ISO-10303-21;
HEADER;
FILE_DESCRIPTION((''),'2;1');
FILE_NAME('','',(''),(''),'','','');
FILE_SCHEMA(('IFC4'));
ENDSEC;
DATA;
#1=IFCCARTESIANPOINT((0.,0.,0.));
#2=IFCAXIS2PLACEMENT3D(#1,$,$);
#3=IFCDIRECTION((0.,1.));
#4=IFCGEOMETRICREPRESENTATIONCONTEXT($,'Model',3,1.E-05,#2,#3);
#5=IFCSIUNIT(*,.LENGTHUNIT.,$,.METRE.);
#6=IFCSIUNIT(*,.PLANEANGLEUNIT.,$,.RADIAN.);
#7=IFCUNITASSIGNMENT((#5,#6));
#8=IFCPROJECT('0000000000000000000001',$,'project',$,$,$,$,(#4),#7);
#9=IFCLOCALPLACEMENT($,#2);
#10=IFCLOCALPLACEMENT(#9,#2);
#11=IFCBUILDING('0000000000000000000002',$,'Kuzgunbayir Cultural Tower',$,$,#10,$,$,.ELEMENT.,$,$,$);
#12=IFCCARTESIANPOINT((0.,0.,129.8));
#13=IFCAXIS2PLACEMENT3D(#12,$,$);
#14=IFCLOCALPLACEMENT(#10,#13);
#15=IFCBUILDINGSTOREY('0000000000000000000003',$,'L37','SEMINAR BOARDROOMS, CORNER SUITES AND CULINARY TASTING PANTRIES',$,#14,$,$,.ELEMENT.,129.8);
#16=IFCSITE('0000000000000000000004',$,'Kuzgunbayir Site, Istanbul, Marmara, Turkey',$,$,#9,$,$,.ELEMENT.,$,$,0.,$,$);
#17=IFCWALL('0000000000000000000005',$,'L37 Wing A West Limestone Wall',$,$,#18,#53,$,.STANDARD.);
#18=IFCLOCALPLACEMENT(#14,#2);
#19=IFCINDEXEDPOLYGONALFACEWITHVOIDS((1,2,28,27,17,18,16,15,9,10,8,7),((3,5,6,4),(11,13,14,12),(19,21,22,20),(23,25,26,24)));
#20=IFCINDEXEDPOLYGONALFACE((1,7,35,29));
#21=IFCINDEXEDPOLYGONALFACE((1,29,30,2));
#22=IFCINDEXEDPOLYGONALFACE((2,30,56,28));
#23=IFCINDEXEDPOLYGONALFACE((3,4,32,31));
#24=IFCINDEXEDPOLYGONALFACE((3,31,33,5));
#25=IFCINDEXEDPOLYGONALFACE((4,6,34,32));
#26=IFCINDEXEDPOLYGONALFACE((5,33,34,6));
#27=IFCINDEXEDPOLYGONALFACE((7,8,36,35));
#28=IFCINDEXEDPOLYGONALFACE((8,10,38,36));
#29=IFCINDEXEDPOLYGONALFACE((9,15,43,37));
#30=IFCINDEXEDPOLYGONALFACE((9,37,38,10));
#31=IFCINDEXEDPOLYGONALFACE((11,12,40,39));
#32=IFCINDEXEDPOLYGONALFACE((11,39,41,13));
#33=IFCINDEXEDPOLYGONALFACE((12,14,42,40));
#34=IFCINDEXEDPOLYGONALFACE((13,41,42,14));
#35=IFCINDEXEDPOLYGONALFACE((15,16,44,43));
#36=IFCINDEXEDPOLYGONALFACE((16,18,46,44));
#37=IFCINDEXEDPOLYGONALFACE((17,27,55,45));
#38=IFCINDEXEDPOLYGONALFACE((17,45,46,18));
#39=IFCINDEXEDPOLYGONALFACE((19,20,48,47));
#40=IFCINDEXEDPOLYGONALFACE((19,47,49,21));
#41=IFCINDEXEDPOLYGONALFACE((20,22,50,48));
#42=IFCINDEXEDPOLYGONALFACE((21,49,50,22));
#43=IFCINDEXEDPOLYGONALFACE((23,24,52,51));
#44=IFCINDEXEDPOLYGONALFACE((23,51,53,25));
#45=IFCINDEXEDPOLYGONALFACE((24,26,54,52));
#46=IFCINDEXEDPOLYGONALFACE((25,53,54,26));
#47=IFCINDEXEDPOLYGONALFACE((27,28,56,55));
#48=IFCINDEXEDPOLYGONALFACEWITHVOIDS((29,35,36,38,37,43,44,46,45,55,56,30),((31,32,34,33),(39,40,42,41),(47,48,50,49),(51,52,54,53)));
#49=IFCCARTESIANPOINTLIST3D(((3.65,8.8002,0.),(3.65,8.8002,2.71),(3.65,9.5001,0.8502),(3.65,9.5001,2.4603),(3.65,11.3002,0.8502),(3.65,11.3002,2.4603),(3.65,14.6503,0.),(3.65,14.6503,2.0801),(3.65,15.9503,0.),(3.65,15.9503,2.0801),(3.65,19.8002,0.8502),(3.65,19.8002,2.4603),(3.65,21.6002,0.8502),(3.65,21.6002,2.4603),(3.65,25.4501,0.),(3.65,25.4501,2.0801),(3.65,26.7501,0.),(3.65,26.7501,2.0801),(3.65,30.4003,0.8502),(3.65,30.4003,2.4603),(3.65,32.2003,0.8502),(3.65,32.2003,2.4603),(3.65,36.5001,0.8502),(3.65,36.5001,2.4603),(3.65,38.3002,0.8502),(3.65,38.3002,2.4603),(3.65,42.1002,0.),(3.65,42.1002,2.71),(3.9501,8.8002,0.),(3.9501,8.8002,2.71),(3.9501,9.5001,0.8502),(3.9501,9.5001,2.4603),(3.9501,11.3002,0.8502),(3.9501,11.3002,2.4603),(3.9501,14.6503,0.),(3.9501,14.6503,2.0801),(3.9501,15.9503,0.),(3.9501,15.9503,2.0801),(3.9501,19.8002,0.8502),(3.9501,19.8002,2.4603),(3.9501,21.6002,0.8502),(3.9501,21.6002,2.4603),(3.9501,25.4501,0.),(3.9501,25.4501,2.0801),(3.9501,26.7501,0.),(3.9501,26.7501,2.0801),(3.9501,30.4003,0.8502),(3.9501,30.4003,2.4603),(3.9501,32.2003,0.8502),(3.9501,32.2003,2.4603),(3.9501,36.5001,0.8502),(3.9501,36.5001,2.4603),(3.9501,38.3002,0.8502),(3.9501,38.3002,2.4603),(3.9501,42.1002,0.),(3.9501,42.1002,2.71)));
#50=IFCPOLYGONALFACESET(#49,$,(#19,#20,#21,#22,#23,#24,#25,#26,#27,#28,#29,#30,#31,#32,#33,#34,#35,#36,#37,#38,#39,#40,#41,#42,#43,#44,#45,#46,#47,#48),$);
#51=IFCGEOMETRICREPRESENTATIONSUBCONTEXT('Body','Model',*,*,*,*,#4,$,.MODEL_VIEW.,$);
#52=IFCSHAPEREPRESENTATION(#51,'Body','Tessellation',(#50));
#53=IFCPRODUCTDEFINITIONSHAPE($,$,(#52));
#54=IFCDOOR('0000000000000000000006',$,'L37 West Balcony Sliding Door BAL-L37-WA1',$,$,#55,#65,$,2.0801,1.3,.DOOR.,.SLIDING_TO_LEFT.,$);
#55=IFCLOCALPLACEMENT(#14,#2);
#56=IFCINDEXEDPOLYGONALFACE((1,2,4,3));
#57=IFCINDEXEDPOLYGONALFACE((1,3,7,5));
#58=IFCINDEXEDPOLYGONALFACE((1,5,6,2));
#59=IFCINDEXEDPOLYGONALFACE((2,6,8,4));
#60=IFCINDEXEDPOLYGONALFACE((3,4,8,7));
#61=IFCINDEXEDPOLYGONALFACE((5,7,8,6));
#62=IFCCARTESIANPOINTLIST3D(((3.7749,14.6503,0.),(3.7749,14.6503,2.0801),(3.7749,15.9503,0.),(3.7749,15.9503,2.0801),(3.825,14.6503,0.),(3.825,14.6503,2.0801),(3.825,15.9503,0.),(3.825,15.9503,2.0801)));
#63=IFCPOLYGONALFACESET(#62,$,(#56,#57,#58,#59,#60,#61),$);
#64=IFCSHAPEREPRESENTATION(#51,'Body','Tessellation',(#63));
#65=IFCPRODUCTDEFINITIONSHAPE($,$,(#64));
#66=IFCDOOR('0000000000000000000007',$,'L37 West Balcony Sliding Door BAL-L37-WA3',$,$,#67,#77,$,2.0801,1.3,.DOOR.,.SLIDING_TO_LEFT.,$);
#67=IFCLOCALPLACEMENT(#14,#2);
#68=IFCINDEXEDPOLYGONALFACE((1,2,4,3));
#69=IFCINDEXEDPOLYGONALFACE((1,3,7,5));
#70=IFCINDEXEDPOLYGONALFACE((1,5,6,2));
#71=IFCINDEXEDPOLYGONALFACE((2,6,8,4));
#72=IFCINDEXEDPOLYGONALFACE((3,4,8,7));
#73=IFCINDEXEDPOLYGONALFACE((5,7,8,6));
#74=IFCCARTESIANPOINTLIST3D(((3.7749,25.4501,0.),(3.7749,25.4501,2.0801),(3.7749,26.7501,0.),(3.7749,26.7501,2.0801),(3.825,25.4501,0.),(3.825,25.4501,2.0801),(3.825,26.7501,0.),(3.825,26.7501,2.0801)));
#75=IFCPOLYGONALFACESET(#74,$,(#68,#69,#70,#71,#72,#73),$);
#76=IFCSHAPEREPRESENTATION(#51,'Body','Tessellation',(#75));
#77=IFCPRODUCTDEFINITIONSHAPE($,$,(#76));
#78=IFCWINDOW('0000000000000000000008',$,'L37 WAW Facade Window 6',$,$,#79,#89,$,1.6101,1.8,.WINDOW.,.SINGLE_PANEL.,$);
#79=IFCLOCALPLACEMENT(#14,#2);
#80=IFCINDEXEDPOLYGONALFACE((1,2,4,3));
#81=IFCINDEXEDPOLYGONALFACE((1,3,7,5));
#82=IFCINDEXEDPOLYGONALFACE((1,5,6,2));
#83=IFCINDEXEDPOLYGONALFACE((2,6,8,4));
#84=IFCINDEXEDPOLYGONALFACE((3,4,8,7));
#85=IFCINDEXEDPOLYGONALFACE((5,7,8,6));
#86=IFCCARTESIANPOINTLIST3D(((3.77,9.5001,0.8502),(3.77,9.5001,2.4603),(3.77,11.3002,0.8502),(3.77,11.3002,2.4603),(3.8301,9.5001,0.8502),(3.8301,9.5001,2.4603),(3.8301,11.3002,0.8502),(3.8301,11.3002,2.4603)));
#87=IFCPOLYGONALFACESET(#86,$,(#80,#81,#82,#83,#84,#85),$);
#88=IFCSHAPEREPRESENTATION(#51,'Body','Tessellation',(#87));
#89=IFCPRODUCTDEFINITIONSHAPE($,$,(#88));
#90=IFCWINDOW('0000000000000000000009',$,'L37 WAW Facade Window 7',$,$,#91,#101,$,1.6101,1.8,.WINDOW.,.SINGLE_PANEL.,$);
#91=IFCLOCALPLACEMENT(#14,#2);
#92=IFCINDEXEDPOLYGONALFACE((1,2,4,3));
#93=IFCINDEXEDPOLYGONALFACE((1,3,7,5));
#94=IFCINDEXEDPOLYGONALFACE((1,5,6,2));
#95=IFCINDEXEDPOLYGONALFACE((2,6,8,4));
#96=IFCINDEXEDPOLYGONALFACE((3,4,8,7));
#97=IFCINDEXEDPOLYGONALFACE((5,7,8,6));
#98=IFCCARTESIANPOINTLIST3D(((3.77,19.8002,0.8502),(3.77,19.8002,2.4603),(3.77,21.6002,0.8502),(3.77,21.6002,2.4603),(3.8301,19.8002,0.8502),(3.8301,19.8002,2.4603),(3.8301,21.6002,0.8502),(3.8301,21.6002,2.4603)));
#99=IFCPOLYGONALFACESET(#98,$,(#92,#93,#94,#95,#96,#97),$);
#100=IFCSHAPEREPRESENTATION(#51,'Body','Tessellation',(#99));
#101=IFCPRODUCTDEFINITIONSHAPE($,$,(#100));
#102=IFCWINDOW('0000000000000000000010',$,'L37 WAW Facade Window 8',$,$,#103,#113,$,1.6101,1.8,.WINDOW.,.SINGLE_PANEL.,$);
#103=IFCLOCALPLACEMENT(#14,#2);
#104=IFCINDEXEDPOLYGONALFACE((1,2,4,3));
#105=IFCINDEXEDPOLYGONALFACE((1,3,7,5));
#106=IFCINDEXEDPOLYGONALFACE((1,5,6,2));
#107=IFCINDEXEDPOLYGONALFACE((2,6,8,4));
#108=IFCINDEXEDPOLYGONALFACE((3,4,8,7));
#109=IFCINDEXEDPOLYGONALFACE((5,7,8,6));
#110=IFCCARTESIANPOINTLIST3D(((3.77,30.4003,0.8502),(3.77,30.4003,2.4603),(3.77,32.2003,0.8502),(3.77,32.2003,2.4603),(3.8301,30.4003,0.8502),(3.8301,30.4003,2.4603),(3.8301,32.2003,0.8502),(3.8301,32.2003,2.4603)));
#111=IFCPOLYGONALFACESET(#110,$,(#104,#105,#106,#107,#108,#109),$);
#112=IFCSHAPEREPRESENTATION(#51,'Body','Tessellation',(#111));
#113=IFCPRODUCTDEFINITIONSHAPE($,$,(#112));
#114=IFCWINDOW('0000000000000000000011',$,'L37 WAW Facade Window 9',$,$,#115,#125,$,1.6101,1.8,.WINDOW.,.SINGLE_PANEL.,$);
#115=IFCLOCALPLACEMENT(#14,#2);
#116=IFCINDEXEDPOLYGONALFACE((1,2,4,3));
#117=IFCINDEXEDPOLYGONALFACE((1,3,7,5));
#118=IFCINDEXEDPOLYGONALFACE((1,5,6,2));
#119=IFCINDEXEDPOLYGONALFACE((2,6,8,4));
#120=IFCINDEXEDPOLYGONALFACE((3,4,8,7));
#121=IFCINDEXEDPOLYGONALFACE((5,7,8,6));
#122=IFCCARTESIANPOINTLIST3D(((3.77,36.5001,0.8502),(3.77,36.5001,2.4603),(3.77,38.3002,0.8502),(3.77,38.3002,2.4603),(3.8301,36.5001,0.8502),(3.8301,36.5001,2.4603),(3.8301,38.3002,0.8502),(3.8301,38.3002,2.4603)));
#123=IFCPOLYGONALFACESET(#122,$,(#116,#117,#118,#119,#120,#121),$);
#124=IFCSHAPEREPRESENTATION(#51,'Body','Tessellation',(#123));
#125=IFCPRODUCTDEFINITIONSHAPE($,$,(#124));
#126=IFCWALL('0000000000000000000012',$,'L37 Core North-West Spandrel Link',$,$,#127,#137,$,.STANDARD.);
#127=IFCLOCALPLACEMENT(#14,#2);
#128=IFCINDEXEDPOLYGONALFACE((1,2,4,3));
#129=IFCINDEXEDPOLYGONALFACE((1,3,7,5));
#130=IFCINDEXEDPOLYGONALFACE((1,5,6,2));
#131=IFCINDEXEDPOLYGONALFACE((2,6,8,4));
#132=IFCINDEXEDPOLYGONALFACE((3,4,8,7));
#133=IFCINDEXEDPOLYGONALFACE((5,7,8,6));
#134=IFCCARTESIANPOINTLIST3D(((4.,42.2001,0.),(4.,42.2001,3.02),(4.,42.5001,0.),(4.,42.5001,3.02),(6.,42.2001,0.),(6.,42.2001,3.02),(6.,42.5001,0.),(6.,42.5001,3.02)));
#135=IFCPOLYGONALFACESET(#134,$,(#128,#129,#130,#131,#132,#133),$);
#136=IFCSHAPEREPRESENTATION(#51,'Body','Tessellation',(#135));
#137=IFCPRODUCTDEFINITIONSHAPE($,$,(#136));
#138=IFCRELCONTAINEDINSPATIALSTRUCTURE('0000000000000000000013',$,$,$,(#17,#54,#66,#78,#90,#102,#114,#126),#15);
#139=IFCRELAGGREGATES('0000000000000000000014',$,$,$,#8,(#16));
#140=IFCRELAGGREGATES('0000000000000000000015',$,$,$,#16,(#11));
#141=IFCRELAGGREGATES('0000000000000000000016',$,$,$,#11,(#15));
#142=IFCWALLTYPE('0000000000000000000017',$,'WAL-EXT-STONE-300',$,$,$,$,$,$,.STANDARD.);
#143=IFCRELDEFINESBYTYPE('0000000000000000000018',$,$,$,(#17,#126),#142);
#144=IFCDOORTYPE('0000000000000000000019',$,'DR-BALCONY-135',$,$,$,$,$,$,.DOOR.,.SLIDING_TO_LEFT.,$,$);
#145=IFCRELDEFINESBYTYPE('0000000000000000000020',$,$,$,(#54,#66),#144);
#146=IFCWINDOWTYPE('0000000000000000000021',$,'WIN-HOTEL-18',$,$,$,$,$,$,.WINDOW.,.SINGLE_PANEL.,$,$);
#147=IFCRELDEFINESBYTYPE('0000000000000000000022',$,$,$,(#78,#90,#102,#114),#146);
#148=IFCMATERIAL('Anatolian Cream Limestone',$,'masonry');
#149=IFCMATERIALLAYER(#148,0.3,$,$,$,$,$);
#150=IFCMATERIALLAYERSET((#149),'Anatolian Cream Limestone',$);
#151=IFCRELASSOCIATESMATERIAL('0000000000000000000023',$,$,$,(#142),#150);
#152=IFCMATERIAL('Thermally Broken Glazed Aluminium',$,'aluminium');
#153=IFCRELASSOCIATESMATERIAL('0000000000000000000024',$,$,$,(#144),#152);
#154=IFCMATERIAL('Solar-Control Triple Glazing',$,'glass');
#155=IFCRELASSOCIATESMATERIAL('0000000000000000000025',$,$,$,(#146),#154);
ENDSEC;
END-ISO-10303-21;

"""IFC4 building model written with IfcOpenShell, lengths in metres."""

from ifc_helpers import new_model, si_unit, direction, frame, frame_2d, origin, place, context, subcontext, project, spatial, rectangle, extrude, material, layer, layer_set, type_object, element, fill, save


model = new_model("IFC4")

# Units and contexts
model_context = context("Model", 3, precision=1e-05, world=origin(), true_north=direction((0.0, 1.0)))
body_context = subcontext(model_context, "Body", "Model", "MODEL_VIEW")
ifc_project = project(units=[si_unit("LENGTHUNIT", "METRE"), si_unit("PLANEANGLEUNIT", "RADIAN")], contexts=[model_context])

# Site, building, storey
site_placement = place(None, origin())
site = spatial("IfcSite", under=ifc_project, at=site_placement, Name="Kuzgunbayir Site, Istanbul, Marmara, Turkey", CompositionType="ELEMENT", RefElevation=0.0)
building_placement = place(site_placement, origin())
building = spatial("IfcBuilding", under=site, at=building_placement, Name="Kuzgunbayir Cultural Tower", CompositionType="ELEMENT")
storey_placement = place(building_placement, frame((0.0, 0.0, 129.8)))
storey = spatial("IfcBuildingStorey", under=building, at=storey_placement, Name="L37", Description="SEMINAR BOARDROOMS, CORNER SUITES AND CULINARY TASTING PANTRIES", CompositionType="ELEMENT", Elevation=129.8)

# Wall, openings, doors, windows
ifc_material_1 = material(Name="Anatolian Cream Limestone", Category="masonry")
ifc_layer_1 = layer(ifc_material_1, 0.3)
ifc_layer_set_1 = layer_set([ifc_layer_1], Name="Anatolian Cream Limestone")
wall_type_1 = type_object("IfcWallType", Name="WAL-EXT-STONE-300", PredefinedType="STANDARD", material=ifc_layer_set_1)
wall_1_placement = place(storey_placement, frame((3.8, 42.1001, 0.0), z_axis=(0.0, 0.0, 1.0), x_axis=(0.0, -1.0, 0.0)))
wall_1 = element("IfcWall", 1, at=wall_1_placement, inside=storey, type_object=wall_type_1, Name="L37 Wing A West Limestone Wall", PredefinedType="STANDARD", context=body_context, shape_type="SweptSolid", body=[
    extrude(rectangle(XDim=33.3, YDim=0.3, at=frame_2d((16.6499, 0.0))), origin(), (0.0, 0.0, 1.0), 2.71),
])
opening_1_placement = place(wall_1_placement, frame((26.1499, 0.0, 0.0)))
opening_1 = element("IfcOpeningElement", 2, at=opening_1_placement, cuts=wall_1, PredefinedType="OPENING", context=body_context, shape_type="SweptSolid", body=[
    extrude(rectangle(XDim=1.3, YDim=2.0801, at=frame_2d((0.6499, 1.04))), frame((0.0, 0.1602, 0.0), z_axis=(0.0, -1.0, 0.0), x_axis=(1.0, 0.0, 0.0)), (0.0, 0.0, 1.0), 0.3201),
])
opening_2_placement = place(wall_1_placement, frame((15.3501, 0.0, 0.0)))
opening_2 = element("IfcOpeningElement", 3, at=opening_2_placement, cuts=wall_1, PredefinedType="OPENING", context=body_context, shape_type="SweptSolid", body=[
    extrude(rectangle(XDim=1.3, YDim=2.0801, at=frame_2d((0.6499, 1.04))), frame((0.0, 0.1602, 0.0), z_axis=(0.0, -1.0, 0.0), x_axis=(1.0, 0.0, 0.0)), (0.0, 0.0, 1.0), 0.3201),
])
opening_3_placement = place(wall_1_placement, frame((30.8, 0.0, 0.8501)))
opening_3 = element("IfcOpeningElement", 4, at=opening_3_placement, cuts=wall_1, PredefinedType="OPENING", context=body_context, shape_type="SweptSolid", body=[
    extrude(rectangle(XDim=1.8, YDim=1.6101, at=frame_2d((0.8999, 0.8052))), frame((0.0, 0.1602, 0.0), z_axis=(0.0, -1.0, 0.0), x_axis=(1.0, 0.0, 0.0)), (0.0, 0.0, 1.0), 0.3201),
])
opening_4_placement = place(wall_1_placement, frame((20.5, 0.0, 0.8501)))
opening_4 = element("IfcOpeningElement", 5, at=opening_4_placement, cuts=wall_1, PredefinedType="OPENING", context=body_context, shape_type="SweptSolid", body=[
    extrude(rectangle(XDim=1.8, YDim=1.6101, at=frame_2d((0.8999, 0.8052))), frame((0.0, 0.1602, 0.0), z_axis=(0.0, -1.0, 0.0), x_axis=(1.0, 0.0, 0.0)), (0.0, 0.0, 1.0), 0.3201),
])
opening_5_placement = place(wall_1_placement, frame((9.8999, 0.0, 0.8501)))
opening_5 = element("IfcOpeningElement", 6, at=opening_5_placement, cuts=wall_1, PredefinedType="OPENING", context=body_context, shape_type="SweptSolid", body=[
    extrude(rectangle(XDim=1.8, YDim=1.6101, at=frame_2d((0.8999, 0.8052))), frame((0.0, 0.1602, 0.0), z_axis=(0.0, -1.0, 0.0), x_axis=(1.0, 0.0, 0.0)), (0.0, 0.0, 1.0), 0.3201),
])
opening_6_placement = place(wall_1_placement, frame((3.8, 0.0, 0.8501)))
opening_6 = element("IfcOpeningElement", 7, at=opening_6_placement, cuts=wall_1, PredefinedType="OPENING", context=body_context, shape_type="SweptSolid", body=[
    extrude(rectangle(XDim=1.8, YDim=1.6101, at=frame_2d((0.8999, 0.8052))), frame((0.0, 0.1602, 0.0), z_axis=(0.0, -1.0, 0.0), x_axis=(1.0, 0.0, 0.0)), (0.0, 0.0, 1.0), 0.3201),
])
ifc_material_2 = material(Name="Thermally Broken Glazed Aluminium", Category="aluminium")
door_type = type_object("IfcDoorType", Name="DR-BALCONY-135", OperationType="SLIDING_TO_LEFT", PredefinedType="DOOR", material=ifc_material_2)
door_1_placement = place(opening_1_placement, origin())
door_1 = element("IfcDoor", 8, at=door_1_placement, inside=storey, type_object=door_type, Name="L37 West Balcony Sliding Door BAL-L37-WA1", OperationType="SLIDING_TO_LEFT", OverallHeight=2.0801, OverallWidth=1.3, PredefinedType="DOOR", context=body_context, shape_type="SweptSolid", body=[
    extrude(rectangle(XDim=1.3, YDim=2.0801, at=frame_2d((0.6499, 1.04))), frame((0.0, 0.0249, 0.0), z_axis=(0.0, -1.0, 0.0), x_axis=(1.0, 0.0, 0.0)), (0.0, 0.0, 1.0), 0.05),
])
fill(opening_1, door_1)
door_2_placement = place(opening_2_placement, origin())
door_2 = element("IfcDoor", 9, at=door_2_placement, inside=storey, type_object=door_type, Name="L37 West Balcony Sliding Door BAL-L37-WA3", OperationType="SLIDING_TO_LEFT", OverallHeight=2.0801, OverallWidth=1.3, PredefinedType="DOOR", context=body_context, shape_type="SweptSolid", body=[
    extrude(rectangle(XDim=1.3, YDim=2.0801, at=frame_2d((0.6499, 1.04))), frame((0.0, 0.0249, 0.0), z_axis=(0.0, -1.0, 0.0), x_axis=(1.0, 0.0, 0.0)), (0.0, 0.0, 1.0), 0.05),
])
fill(opening_2, door_2)
ifc_material_3 = material(Name="Solar-Control Triple Glazing", Category="glass")
window_type = type_object("IfcWindowType", Name="WIN-HOTEL-18", PartitioningType="SINGLE_PANEL", PredefinedType="WINDOW", material=ifc_material_3)
window_1_placement = place(opening_3_placement, origin())
window_1 = element("IfcWindow", 10, at=window_1_placement, inside=storey, type_object=window_type, Name="L37 WAW Facade Window 6", OverallHeight=1.6101, OverallWidth=1.8, PartitioningType="SINGLE_PANEL", PredefinedType="WINDOW", context=body_context, shape_type="SweptSolid", body=[
    extrude(rectangle(XDim=1.8, YDim=1.6101, at=frame_2d((0.8999, 0.8052))), frame((0.0, 0.03, 0.0), z_axis=(0.0, -1.0, 0.0), x_axis=(1.0, 0.0, 0.0)), (0.0, 0.0, 1.0), 0.0601),
])
fill(opening_3, window_1)
window_2_placement = place(opening_4_placement, origin())
window_2 = element("IfcWindow", 11, at=window_2_placement, inside=storey, type_object=window_type, Name="L37 WAW Facade Window 7", OverallHeight=1.6101, OverallWidth=1.8, PartitioningType="SINGLE_PANEL", PredefinedType="WINDOW", context=body_context, shape_type="SweptSolid", body=[
    extrude(rectangle(XDim=1.8, YDim=1.6101, at=frame_2d((0.8999, 0.8052))), frame((0.0, 0.03, 0.0), z_axis=(0.0, -1.0, 0.0), x_axis=(1.0, 0.0, 0.0)), (0.0, 0.0, 1.0), 0.0601),
])
fill(opening_4, window_2)
window_3_placement = place(opening_5_placement, origin())
window_3 = element("IfcWindow", 12, at=window_3_placement, inside=storey, type_object=window_type, Name="L37 WAW Facade Window 8", OverallHeight=1.6101, OverallWidth=1.8, PartitioningType="SINGLE_PANEL", PredefinedType="WINDOW", context=body_context, shape_type="SweptSolid", body=[
    extrude(rectangle(XDim=1.8, YDim=1.6101, at=frame_2d((0.8999, 0.8052))), frame((0.0, 0.03, 0.0), z_axis=(0.0, -1.0, 0.0), x_axis=(1.0, 0.0, 0.0)), (0.0, 0.0, 1.0), 0.0601),
])
fill(opening_5, window_3)
window_4_placement = place(opening_6_placement, origin())
window_4 = element("IfcWindow", 13, at=window_4_placement, inside=storey, type_object=window_type, Name="L37 WAW Facade Window 9", OverallHeight=1.6101, OverallWidth=1.8, PartitioningType="SINGLE_PANEL", PredefinedType="WINDOW", context=body_context, shape_type="SweptSolid", body=[
    extrude(rectangle(XDim=1.8, YDim=1.6101, at=frame_2d((0.8999, 0.8052))), frame((0.0, 0.03, 0.0), z_axis=(0.0, -1.0, 0.0), x_axis=(1.0, 0.0, 0.0)), (0.0, 0.0, 1.0), 0.0601),
])
fill(opening_6, window_4)

# Wall
wall_2_placement = place(storey_placement, frame((6.0, 42.3501, 0.0), z_axis=(0.0, 0.0, 1.0), x_axis=(-1.0, 0.0, 0.0)))
element("IfcWall", 14, at=wall_2_placement, inside=storey, type_object=wall_type_1, Name="L37 Core North-West Spandrel Link", PredefinedType="STANDARD", context=body_context, shape_type="SweptSolid", body=[
    extrude(rectangle(XDim=2.0, YDim=0.3, at=frame_2d((1.0, 0.0))), origin(), (0.0, 0.0, 1.0), 3.02),
])

save(model, "model.ifc")
